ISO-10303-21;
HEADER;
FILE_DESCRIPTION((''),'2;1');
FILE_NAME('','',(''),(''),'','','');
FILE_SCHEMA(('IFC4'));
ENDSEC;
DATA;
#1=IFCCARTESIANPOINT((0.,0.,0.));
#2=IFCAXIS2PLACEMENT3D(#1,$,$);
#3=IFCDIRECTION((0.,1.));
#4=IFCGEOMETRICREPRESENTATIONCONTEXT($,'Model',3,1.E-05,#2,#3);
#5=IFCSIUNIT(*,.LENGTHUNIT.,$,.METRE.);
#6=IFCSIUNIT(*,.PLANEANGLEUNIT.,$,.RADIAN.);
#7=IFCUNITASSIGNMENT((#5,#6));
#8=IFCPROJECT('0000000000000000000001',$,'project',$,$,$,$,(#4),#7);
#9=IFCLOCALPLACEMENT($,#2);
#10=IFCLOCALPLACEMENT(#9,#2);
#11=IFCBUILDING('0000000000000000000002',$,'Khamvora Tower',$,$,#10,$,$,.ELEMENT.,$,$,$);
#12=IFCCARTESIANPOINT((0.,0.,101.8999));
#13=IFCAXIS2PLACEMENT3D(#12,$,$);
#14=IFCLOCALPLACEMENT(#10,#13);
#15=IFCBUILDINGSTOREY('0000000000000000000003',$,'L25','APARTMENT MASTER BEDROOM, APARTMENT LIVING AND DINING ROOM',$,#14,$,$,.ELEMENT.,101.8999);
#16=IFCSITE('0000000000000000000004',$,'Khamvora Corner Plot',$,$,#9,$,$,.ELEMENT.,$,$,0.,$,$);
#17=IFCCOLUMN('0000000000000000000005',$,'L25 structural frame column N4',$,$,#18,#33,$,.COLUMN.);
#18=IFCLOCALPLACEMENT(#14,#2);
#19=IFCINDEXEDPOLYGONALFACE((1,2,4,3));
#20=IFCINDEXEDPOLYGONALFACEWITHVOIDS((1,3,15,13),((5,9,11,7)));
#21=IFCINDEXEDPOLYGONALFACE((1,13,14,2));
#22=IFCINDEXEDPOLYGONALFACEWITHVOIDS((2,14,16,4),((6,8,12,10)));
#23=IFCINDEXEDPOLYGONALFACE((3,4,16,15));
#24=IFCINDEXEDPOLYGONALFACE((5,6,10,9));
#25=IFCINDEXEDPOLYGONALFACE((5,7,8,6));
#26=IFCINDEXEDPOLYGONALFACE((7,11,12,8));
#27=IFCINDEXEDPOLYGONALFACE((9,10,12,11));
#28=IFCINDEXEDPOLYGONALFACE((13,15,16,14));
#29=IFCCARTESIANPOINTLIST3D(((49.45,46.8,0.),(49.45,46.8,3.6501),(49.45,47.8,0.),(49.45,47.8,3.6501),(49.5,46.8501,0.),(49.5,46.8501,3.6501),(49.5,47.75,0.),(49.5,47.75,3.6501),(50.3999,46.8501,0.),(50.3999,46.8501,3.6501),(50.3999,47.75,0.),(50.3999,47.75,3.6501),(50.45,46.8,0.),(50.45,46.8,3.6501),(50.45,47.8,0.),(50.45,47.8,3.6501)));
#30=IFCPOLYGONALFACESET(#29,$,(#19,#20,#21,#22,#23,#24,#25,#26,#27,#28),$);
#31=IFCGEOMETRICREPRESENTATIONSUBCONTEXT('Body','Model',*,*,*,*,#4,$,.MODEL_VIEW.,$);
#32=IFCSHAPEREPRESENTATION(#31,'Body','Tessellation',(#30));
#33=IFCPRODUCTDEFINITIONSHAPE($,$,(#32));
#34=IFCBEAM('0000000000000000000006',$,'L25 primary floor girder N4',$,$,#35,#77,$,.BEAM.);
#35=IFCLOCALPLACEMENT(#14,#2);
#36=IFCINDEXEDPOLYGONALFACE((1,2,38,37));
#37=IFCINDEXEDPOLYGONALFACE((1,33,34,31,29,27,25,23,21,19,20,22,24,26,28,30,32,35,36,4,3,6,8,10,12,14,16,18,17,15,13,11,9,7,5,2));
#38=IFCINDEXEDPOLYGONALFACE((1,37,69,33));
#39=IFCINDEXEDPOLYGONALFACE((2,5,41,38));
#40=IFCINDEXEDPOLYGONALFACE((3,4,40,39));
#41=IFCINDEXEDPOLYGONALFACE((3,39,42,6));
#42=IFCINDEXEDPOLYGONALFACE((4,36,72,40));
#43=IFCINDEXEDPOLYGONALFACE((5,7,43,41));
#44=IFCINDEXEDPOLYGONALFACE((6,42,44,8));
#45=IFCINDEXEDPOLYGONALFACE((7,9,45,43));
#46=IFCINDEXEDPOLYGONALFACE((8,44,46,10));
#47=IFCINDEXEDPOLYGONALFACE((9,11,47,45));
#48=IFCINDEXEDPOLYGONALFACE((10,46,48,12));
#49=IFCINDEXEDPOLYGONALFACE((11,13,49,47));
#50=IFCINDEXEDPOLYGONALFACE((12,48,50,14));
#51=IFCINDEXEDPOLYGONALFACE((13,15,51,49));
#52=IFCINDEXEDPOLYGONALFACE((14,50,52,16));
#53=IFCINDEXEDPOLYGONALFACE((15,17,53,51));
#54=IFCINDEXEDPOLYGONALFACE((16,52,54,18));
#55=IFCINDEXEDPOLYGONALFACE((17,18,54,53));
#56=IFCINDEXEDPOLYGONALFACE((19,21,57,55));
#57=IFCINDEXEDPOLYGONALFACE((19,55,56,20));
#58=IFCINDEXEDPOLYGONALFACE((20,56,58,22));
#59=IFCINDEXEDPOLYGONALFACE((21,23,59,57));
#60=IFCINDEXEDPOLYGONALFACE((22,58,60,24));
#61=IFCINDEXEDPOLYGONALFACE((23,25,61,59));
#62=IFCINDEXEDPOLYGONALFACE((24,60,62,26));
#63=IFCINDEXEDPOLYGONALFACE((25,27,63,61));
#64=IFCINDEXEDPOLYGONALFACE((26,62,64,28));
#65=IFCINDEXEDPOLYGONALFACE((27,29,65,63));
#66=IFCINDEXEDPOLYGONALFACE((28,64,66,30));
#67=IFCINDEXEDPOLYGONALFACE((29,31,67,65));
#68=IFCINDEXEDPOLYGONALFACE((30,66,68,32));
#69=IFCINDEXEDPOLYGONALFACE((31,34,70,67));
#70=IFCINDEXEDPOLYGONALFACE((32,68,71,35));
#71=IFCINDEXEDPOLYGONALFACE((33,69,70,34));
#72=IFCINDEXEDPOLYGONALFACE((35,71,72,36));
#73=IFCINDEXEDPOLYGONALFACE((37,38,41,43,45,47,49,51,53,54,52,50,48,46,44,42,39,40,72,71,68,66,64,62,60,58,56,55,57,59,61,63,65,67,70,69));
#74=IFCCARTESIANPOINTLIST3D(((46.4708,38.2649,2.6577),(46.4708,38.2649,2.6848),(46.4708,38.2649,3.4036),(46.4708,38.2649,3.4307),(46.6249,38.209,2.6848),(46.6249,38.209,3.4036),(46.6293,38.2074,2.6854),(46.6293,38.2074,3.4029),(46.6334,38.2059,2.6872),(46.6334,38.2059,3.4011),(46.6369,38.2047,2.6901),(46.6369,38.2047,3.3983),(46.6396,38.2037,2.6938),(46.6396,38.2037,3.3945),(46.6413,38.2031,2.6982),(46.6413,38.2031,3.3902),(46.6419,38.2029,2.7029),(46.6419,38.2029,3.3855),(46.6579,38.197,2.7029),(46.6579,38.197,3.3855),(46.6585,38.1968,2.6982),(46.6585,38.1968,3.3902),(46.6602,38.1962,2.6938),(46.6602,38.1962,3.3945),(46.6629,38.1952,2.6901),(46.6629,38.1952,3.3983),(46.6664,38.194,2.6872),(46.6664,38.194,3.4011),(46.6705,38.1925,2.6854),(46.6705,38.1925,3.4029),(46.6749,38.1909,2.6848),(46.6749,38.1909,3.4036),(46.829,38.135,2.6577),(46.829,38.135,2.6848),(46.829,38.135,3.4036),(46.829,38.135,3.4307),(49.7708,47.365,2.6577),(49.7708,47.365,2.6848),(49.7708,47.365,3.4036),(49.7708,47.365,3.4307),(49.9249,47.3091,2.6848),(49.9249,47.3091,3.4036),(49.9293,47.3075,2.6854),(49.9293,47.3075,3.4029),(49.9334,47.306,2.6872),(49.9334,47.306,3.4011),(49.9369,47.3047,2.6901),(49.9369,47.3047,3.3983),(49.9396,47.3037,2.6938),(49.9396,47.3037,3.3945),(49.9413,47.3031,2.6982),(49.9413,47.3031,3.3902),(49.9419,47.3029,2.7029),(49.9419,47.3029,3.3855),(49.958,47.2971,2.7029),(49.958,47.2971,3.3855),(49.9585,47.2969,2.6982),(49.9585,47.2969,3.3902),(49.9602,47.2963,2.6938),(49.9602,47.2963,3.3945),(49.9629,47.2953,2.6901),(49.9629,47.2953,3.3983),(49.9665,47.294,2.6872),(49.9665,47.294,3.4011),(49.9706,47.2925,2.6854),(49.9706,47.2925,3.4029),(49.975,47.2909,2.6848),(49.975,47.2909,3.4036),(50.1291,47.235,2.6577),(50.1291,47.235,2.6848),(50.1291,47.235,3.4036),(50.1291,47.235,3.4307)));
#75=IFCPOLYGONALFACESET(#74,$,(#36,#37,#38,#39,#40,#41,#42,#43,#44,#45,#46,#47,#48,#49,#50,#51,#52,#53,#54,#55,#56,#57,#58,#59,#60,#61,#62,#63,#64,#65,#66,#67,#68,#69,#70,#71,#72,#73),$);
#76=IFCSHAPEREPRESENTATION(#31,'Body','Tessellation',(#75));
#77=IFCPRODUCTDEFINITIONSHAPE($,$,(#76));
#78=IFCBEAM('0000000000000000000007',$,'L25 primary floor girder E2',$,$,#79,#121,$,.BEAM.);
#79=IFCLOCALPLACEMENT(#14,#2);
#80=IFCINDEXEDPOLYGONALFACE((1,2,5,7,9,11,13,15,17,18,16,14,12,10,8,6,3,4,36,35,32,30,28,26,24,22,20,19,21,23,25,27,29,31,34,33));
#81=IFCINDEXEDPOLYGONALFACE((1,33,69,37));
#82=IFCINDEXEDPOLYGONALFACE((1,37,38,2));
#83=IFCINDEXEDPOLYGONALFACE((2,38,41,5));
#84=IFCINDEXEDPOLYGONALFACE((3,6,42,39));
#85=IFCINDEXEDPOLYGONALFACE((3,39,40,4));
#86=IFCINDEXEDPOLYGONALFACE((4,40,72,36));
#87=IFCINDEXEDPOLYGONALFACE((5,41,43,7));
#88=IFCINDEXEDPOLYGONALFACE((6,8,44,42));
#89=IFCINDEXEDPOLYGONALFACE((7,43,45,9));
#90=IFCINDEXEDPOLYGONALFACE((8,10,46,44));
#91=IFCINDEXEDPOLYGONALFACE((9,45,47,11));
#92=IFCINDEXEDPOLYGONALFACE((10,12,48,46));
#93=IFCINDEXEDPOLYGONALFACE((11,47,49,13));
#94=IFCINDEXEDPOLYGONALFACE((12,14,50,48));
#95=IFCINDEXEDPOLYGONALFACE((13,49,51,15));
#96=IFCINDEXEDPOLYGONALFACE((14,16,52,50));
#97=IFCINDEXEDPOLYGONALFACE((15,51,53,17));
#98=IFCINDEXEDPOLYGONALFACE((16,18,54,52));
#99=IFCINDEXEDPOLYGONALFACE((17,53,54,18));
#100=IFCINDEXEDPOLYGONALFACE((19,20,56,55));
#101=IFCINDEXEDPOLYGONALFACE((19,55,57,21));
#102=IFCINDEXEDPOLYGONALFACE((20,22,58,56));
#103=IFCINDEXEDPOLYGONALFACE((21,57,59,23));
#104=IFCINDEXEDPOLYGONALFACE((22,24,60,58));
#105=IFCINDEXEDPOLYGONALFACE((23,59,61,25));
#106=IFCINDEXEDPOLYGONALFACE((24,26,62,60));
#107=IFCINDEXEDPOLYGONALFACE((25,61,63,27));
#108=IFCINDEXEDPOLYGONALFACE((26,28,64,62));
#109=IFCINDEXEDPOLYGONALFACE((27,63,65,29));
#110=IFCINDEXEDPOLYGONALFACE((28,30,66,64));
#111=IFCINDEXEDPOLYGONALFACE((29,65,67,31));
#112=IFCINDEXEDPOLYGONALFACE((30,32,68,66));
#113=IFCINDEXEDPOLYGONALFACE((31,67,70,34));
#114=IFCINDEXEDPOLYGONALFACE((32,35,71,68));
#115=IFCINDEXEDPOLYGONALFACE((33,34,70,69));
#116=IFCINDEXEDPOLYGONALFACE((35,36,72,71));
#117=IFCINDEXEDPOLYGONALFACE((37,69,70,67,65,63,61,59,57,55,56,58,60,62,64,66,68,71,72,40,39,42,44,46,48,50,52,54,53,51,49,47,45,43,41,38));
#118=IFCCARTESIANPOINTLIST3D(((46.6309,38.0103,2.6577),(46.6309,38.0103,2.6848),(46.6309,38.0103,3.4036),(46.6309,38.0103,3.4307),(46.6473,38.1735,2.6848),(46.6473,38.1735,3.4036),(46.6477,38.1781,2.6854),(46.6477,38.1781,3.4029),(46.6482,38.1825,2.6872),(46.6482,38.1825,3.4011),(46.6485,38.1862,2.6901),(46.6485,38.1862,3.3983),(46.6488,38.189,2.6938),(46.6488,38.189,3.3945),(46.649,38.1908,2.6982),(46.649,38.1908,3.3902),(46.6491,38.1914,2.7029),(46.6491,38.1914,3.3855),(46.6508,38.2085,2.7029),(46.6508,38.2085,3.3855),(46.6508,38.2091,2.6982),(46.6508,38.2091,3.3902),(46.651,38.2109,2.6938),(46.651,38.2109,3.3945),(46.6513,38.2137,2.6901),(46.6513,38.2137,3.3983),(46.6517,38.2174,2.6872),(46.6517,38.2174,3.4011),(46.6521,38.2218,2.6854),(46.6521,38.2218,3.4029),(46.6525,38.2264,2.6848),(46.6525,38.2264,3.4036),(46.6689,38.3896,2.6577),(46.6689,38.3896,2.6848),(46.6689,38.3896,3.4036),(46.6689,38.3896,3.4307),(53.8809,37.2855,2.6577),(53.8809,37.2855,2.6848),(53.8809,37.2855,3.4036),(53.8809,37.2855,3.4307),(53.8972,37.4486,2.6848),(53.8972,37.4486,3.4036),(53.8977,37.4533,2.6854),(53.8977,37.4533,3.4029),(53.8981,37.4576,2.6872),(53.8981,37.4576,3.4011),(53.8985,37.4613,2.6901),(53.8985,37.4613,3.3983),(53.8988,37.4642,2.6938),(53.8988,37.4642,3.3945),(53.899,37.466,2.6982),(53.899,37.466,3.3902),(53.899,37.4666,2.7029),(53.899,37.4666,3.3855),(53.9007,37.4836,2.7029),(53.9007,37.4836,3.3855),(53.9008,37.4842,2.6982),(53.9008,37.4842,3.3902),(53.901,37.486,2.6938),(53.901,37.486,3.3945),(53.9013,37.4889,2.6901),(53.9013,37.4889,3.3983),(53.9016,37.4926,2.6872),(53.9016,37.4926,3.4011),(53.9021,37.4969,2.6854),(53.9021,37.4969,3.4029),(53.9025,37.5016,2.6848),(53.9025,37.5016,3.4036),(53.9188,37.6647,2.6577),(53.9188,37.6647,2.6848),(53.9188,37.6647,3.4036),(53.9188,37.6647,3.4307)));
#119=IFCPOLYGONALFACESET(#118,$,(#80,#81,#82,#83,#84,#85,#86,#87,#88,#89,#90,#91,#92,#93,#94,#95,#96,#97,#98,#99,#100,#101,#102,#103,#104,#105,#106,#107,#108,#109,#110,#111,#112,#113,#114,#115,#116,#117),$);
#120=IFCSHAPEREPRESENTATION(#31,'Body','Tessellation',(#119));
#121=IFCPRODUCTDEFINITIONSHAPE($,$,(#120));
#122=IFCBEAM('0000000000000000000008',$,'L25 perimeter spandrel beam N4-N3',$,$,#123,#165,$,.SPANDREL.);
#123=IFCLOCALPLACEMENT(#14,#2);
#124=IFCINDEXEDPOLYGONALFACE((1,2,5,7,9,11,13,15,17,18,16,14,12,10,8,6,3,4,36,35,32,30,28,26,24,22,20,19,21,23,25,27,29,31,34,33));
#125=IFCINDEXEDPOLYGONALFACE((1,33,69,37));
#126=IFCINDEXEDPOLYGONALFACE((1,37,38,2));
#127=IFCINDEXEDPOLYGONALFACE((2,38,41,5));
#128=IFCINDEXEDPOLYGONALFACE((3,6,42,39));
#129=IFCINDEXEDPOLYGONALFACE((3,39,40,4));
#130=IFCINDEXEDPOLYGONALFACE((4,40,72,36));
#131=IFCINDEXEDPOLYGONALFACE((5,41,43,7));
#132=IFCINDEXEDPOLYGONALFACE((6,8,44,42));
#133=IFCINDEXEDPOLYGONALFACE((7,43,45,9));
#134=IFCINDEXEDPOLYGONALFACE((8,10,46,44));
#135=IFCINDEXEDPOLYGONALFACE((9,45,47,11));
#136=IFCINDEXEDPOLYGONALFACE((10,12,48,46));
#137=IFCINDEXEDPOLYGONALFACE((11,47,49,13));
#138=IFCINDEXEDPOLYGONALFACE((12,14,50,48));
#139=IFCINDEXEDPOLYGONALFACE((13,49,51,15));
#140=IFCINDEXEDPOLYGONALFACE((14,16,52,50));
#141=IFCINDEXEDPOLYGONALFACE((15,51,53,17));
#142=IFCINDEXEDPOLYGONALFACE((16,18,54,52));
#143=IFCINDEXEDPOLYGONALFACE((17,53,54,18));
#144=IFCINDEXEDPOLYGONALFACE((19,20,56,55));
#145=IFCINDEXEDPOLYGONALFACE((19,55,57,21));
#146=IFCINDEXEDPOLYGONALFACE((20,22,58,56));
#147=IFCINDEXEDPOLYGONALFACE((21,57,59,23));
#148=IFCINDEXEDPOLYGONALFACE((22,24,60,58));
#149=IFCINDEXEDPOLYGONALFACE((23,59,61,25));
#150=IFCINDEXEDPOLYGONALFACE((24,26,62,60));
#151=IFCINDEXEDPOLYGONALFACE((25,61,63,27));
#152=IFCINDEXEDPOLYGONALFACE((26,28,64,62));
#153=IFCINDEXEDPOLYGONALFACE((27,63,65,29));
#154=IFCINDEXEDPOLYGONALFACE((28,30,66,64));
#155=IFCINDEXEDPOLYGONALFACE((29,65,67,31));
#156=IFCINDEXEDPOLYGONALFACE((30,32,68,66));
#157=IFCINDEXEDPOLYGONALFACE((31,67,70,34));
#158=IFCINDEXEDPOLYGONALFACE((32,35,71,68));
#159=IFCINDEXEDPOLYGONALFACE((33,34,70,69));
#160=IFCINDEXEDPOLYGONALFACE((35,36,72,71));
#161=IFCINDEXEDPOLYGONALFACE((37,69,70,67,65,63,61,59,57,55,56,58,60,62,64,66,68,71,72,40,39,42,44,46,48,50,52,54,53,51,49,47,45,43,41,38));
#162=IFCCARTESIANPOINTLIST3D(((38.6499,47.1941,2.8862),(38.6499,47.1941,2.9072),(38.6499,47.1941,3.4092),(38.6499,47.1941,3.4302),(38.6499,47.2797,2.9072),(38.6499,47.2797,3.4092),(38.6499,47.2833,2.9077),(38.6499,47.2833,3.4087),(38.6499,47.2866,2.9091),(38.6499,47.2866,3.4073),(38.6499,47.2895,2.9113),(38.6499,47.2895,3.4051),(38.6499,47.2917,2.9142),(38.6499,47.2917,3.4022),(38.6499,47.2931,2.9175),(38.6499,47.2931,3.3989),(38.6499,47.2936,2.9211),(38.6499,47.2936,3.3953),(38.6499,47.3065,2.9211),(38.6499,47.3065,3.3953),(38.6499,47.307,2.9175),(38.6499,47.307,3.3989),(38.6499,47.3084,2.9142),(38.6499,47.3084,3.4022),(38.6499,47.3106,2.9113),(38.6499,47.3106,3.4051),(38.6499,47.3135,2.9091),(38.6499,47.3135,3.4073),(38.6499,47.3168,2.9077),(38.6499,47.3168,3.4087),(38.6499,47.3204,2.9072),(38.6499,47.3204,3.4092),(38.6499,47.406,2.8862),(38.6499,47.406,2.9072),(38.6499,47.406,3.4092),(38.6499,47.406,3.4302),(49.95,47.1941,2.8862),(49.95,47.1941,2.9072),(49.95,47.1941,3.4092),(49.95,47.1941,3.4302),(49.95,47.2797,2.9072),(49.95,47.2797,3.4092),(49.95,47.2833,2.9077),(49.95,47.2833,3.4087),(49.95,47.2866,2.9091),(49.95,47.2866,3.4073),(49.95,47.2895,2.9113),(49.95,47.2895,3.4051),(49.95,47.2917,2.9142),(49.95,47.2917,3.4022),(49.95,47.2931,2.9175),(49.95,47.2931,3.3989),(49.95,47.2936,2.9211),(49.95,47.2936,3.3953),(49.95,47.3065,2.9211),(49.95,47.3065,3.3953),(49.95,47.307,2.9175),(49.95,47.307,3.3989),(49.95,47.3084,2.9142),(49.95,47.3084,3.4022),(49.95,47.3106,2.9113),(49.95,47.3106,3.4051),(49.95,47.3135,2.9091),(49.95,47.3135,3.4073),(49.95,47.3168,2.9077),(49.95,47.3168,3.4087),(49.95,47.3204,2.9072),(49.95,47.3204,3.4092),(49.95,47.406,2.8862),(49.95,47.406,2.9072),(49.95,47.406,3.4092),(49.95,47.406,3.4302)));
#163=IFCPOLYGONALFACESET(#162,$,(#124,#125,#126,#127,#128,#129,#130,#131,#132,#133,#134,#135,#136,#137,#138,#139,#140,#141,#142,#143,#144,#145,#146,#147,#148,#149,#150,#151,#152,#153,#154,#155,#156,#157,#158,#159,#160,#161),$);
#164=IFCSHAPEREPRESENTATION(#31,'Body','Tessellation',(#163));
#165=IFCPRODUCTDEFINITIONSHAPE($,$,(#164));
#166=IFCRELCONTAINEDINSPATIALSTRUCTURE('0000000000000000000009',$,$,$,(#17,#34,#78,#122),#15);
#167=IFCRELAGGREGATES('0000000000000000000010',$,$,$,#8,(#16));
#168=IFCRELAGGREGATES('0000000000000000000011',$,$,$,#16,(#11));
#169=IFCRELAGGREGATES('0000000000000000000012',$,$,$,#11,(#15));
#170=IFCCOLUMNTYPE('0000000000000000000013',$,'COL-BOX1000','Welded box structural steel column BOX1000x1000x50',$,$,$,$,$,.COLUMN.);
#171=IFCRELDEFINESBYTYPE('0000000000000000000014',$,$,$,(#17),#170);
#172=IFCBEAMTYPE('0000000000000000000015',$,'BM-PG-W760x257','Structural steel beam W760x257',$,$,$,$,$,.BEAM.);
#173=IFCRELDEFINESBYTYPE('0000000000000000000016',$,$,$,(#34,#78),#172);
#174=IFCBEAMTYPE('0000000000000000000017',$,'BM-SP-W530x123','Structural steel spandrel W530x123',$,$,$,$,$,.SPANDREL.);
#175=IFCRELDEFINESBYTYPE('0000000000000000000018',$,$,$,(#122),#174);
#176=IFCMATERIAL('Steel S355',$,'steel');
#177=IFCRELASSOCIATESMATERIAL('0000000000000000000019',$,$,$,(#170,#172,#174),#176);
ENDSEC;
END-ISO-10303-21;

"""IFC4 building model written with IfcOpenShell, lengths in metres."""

from ifc_helpers import new_model, si_unit, direction, frame, origin, origin_2d, place, context, subcontext, project, spatial, hollow_rectangle, i_section, extrude, material, material_profile, profile_set, type_object, element, save


model = new_model("IFC4")

# Units and contexts
model_context = context("Model", 3, precision=1e-05, world=origin(), true_north=direction((0.0, 1.0)))
body_context = subcontext(model_context, "Body", "Model", "MODEL_VIEW")
ifc_project = project(units=[si_unit("LENGTHUNIT", "METRE"), si_unit("PLANEANGLEUNIT", "RADIAN")], contexts=[model_context])

# Site, building, storey
site_placement = place(None, origin())
site = spatial("IfcSite", under=ifc_project, at=site_placement, Name="Khamvora Corner Plot", CompositionType="ELEMENT", RefElevation=0.0)
building_placement = place(site_placement, origin())
building = spatial("IfcBuilding", under=site, at=building_placement, Name="Khamvora Tower", CompositionType="ELEMENT")
storey_placement = place(building_placement, frame((0.0, 0.0, 101.8999)))
storey = spatial("IfcBuildingStorey", under=building, at=storey_placement, Name="L25", Description="APARTMENT MASTER BEDROOM, APARTMENT LIVING AND DINING ROOM", CompositionType="ELEMENT", Elevation=101.8999)

# Column
ifc_material_1 = material(Name="Steel S355", Category="steel")
ifc_material_profile_1 = material_profile(ifc_material_1, hollow_rectangle(XDim=1.0, YDim=1.0, WallThickness=0.05, at=origin_2d()), Name="BOX1000x1000x50")
ifc_profile_set_1 = profile_set([ifc_material_profile_1], Name="Steel S355")
column_type = type_object("IfcColumnType", Name="COL-BOX1000", Description="Welded box structural steel column BOX1000x1000x50", PredefinedType="COLUMN", material=ifc_profile_set_1)
column_placement = place(storey_placement, frame((49.95, 47.3, 0.0), z_axis=(0.0, 0.0, 1.0), x_axis=(1.0, 0.0, 0.0)))
element("IfcColumn", 1, at=column_placement, inside=storey, type_object=column_type, Name="L25 structural frame column N4", PredefinedType="COLUMN", context=body_context, shape_type="SweptSolid", body=[
    extrude(hollow_rectangle(XDim=1.0, YDim=1.0, WallThickness=0.05, at=origin_2d()), origin(), (0.0, 0.0, 1.0), 3.6501),
])

# Beams
ifc_material_profile_2 = material_profile(ifc_material_1, i_section(OverallWidth=0.3811, OverallDepth=0.7729, WebThickness=0.0171, FlangeThickness=0.0271, FilletRadius=0.0181, at=origin_2d()), Name="W760x257")
ifc_profile_set_2 = profile_set([ifc_material_profile_2], Name="Steel S355")
beam_type_1 = type_object("IfcBeamType", Name="BM-PG-W760x257", Description="Structural steel beam W760x257", PredefinedType="BEAM", material=ifc_profile_set_2)
beam_1_placement = place(storey_placement, frame((46.6499, 38.2, 3.0442), z_axis=(0.340915, 0.940094, 0.0), x_axis=(-0.940094, 0.340915, 0.0)))
element("IfcBeam", 2, at=beam_1_placement, inside=storey, type_object=beam_type_1, Name="L25 primary floor girder N4", PredefinedType="BEAM", context=body_context, shape_type="SweptSolid", body=[
    extrude(i_section(OverallWidth=0.3811, OverallDepth=0.7729, WebThickness=0.0171, FlangeThickness=0.0271, FilletRadius=0.0181, at=origin_2d()), origin(), (0.0, 0.0, 1.0), 9.6799),
])
beam_2_placement = place(storey_placement, frame((46.6499, 38.2, 3.0442), z_axis=(0.995039, -0.099484, 0.0), x_axis=(0.099484, 0.995039, 0.0)))
element("IfcBeam", 3, at=beam_2_placement, inside=storey, type_object=beam_type_1, Name="L25 primary floor girder E2", PredefinedType="BEAM", context=body_context, shape_type="SweptSolid", body=[
    extrude(i_section(OverallWidth=0.3811, OverallDepth=0.7729, WebThickness=0.0171, FlangeThickness=0.0271, FilletRadius=0.0181, at=origin_2d()), origin(), (0.0, 0.0, 1.0), 7.2861),
])
ifc_material_profile_3 = material_profile(ifc_material_1, i_section(OverallWidth=0.2119, OverallDepth=0.5439, WebThickness=0.0129, FlangeThickness=0.021, FilletRadius=0.0139, at=origin_2d()), Name="W530x123")
ifc_profile_set_3 = profile_set([ifc_material_profile_3], Name="Steel S355")
beam_type_2 = type_object("IfcBeamType", Name="BM-SP-W530x123", Description="Structural steel spandrel W530x123", PredefinedType="SPANDREL", material=ifc_profile_set_3)
beam_3_placement = place(storey_placement, frame((49.95, 47.3, 3.1582), z_axis=(-1.0, 0.0, 0.0), x_axis=(0.0, -1.0, 0.0)))
element("IfcBeam", 4, at=beam_3_placement, inside=storey, type_object=beam_type_2, Name="L25 perimeter spandrel beam N4-N3", PredefinedType="SPANDREL", context=body_context, shape_type="SweptSolid", body=[
    extrude(i_section(OverallWidth=0.2119, OverallDepth=0.5439, WebThickness=0.0129, FlangeThickness=0.021, FilletRadius=0.0139, at=origin_2d()), origin(), (0.0, 0.0, 1.0), 11.3),
])

save(model, "model.ifc")
